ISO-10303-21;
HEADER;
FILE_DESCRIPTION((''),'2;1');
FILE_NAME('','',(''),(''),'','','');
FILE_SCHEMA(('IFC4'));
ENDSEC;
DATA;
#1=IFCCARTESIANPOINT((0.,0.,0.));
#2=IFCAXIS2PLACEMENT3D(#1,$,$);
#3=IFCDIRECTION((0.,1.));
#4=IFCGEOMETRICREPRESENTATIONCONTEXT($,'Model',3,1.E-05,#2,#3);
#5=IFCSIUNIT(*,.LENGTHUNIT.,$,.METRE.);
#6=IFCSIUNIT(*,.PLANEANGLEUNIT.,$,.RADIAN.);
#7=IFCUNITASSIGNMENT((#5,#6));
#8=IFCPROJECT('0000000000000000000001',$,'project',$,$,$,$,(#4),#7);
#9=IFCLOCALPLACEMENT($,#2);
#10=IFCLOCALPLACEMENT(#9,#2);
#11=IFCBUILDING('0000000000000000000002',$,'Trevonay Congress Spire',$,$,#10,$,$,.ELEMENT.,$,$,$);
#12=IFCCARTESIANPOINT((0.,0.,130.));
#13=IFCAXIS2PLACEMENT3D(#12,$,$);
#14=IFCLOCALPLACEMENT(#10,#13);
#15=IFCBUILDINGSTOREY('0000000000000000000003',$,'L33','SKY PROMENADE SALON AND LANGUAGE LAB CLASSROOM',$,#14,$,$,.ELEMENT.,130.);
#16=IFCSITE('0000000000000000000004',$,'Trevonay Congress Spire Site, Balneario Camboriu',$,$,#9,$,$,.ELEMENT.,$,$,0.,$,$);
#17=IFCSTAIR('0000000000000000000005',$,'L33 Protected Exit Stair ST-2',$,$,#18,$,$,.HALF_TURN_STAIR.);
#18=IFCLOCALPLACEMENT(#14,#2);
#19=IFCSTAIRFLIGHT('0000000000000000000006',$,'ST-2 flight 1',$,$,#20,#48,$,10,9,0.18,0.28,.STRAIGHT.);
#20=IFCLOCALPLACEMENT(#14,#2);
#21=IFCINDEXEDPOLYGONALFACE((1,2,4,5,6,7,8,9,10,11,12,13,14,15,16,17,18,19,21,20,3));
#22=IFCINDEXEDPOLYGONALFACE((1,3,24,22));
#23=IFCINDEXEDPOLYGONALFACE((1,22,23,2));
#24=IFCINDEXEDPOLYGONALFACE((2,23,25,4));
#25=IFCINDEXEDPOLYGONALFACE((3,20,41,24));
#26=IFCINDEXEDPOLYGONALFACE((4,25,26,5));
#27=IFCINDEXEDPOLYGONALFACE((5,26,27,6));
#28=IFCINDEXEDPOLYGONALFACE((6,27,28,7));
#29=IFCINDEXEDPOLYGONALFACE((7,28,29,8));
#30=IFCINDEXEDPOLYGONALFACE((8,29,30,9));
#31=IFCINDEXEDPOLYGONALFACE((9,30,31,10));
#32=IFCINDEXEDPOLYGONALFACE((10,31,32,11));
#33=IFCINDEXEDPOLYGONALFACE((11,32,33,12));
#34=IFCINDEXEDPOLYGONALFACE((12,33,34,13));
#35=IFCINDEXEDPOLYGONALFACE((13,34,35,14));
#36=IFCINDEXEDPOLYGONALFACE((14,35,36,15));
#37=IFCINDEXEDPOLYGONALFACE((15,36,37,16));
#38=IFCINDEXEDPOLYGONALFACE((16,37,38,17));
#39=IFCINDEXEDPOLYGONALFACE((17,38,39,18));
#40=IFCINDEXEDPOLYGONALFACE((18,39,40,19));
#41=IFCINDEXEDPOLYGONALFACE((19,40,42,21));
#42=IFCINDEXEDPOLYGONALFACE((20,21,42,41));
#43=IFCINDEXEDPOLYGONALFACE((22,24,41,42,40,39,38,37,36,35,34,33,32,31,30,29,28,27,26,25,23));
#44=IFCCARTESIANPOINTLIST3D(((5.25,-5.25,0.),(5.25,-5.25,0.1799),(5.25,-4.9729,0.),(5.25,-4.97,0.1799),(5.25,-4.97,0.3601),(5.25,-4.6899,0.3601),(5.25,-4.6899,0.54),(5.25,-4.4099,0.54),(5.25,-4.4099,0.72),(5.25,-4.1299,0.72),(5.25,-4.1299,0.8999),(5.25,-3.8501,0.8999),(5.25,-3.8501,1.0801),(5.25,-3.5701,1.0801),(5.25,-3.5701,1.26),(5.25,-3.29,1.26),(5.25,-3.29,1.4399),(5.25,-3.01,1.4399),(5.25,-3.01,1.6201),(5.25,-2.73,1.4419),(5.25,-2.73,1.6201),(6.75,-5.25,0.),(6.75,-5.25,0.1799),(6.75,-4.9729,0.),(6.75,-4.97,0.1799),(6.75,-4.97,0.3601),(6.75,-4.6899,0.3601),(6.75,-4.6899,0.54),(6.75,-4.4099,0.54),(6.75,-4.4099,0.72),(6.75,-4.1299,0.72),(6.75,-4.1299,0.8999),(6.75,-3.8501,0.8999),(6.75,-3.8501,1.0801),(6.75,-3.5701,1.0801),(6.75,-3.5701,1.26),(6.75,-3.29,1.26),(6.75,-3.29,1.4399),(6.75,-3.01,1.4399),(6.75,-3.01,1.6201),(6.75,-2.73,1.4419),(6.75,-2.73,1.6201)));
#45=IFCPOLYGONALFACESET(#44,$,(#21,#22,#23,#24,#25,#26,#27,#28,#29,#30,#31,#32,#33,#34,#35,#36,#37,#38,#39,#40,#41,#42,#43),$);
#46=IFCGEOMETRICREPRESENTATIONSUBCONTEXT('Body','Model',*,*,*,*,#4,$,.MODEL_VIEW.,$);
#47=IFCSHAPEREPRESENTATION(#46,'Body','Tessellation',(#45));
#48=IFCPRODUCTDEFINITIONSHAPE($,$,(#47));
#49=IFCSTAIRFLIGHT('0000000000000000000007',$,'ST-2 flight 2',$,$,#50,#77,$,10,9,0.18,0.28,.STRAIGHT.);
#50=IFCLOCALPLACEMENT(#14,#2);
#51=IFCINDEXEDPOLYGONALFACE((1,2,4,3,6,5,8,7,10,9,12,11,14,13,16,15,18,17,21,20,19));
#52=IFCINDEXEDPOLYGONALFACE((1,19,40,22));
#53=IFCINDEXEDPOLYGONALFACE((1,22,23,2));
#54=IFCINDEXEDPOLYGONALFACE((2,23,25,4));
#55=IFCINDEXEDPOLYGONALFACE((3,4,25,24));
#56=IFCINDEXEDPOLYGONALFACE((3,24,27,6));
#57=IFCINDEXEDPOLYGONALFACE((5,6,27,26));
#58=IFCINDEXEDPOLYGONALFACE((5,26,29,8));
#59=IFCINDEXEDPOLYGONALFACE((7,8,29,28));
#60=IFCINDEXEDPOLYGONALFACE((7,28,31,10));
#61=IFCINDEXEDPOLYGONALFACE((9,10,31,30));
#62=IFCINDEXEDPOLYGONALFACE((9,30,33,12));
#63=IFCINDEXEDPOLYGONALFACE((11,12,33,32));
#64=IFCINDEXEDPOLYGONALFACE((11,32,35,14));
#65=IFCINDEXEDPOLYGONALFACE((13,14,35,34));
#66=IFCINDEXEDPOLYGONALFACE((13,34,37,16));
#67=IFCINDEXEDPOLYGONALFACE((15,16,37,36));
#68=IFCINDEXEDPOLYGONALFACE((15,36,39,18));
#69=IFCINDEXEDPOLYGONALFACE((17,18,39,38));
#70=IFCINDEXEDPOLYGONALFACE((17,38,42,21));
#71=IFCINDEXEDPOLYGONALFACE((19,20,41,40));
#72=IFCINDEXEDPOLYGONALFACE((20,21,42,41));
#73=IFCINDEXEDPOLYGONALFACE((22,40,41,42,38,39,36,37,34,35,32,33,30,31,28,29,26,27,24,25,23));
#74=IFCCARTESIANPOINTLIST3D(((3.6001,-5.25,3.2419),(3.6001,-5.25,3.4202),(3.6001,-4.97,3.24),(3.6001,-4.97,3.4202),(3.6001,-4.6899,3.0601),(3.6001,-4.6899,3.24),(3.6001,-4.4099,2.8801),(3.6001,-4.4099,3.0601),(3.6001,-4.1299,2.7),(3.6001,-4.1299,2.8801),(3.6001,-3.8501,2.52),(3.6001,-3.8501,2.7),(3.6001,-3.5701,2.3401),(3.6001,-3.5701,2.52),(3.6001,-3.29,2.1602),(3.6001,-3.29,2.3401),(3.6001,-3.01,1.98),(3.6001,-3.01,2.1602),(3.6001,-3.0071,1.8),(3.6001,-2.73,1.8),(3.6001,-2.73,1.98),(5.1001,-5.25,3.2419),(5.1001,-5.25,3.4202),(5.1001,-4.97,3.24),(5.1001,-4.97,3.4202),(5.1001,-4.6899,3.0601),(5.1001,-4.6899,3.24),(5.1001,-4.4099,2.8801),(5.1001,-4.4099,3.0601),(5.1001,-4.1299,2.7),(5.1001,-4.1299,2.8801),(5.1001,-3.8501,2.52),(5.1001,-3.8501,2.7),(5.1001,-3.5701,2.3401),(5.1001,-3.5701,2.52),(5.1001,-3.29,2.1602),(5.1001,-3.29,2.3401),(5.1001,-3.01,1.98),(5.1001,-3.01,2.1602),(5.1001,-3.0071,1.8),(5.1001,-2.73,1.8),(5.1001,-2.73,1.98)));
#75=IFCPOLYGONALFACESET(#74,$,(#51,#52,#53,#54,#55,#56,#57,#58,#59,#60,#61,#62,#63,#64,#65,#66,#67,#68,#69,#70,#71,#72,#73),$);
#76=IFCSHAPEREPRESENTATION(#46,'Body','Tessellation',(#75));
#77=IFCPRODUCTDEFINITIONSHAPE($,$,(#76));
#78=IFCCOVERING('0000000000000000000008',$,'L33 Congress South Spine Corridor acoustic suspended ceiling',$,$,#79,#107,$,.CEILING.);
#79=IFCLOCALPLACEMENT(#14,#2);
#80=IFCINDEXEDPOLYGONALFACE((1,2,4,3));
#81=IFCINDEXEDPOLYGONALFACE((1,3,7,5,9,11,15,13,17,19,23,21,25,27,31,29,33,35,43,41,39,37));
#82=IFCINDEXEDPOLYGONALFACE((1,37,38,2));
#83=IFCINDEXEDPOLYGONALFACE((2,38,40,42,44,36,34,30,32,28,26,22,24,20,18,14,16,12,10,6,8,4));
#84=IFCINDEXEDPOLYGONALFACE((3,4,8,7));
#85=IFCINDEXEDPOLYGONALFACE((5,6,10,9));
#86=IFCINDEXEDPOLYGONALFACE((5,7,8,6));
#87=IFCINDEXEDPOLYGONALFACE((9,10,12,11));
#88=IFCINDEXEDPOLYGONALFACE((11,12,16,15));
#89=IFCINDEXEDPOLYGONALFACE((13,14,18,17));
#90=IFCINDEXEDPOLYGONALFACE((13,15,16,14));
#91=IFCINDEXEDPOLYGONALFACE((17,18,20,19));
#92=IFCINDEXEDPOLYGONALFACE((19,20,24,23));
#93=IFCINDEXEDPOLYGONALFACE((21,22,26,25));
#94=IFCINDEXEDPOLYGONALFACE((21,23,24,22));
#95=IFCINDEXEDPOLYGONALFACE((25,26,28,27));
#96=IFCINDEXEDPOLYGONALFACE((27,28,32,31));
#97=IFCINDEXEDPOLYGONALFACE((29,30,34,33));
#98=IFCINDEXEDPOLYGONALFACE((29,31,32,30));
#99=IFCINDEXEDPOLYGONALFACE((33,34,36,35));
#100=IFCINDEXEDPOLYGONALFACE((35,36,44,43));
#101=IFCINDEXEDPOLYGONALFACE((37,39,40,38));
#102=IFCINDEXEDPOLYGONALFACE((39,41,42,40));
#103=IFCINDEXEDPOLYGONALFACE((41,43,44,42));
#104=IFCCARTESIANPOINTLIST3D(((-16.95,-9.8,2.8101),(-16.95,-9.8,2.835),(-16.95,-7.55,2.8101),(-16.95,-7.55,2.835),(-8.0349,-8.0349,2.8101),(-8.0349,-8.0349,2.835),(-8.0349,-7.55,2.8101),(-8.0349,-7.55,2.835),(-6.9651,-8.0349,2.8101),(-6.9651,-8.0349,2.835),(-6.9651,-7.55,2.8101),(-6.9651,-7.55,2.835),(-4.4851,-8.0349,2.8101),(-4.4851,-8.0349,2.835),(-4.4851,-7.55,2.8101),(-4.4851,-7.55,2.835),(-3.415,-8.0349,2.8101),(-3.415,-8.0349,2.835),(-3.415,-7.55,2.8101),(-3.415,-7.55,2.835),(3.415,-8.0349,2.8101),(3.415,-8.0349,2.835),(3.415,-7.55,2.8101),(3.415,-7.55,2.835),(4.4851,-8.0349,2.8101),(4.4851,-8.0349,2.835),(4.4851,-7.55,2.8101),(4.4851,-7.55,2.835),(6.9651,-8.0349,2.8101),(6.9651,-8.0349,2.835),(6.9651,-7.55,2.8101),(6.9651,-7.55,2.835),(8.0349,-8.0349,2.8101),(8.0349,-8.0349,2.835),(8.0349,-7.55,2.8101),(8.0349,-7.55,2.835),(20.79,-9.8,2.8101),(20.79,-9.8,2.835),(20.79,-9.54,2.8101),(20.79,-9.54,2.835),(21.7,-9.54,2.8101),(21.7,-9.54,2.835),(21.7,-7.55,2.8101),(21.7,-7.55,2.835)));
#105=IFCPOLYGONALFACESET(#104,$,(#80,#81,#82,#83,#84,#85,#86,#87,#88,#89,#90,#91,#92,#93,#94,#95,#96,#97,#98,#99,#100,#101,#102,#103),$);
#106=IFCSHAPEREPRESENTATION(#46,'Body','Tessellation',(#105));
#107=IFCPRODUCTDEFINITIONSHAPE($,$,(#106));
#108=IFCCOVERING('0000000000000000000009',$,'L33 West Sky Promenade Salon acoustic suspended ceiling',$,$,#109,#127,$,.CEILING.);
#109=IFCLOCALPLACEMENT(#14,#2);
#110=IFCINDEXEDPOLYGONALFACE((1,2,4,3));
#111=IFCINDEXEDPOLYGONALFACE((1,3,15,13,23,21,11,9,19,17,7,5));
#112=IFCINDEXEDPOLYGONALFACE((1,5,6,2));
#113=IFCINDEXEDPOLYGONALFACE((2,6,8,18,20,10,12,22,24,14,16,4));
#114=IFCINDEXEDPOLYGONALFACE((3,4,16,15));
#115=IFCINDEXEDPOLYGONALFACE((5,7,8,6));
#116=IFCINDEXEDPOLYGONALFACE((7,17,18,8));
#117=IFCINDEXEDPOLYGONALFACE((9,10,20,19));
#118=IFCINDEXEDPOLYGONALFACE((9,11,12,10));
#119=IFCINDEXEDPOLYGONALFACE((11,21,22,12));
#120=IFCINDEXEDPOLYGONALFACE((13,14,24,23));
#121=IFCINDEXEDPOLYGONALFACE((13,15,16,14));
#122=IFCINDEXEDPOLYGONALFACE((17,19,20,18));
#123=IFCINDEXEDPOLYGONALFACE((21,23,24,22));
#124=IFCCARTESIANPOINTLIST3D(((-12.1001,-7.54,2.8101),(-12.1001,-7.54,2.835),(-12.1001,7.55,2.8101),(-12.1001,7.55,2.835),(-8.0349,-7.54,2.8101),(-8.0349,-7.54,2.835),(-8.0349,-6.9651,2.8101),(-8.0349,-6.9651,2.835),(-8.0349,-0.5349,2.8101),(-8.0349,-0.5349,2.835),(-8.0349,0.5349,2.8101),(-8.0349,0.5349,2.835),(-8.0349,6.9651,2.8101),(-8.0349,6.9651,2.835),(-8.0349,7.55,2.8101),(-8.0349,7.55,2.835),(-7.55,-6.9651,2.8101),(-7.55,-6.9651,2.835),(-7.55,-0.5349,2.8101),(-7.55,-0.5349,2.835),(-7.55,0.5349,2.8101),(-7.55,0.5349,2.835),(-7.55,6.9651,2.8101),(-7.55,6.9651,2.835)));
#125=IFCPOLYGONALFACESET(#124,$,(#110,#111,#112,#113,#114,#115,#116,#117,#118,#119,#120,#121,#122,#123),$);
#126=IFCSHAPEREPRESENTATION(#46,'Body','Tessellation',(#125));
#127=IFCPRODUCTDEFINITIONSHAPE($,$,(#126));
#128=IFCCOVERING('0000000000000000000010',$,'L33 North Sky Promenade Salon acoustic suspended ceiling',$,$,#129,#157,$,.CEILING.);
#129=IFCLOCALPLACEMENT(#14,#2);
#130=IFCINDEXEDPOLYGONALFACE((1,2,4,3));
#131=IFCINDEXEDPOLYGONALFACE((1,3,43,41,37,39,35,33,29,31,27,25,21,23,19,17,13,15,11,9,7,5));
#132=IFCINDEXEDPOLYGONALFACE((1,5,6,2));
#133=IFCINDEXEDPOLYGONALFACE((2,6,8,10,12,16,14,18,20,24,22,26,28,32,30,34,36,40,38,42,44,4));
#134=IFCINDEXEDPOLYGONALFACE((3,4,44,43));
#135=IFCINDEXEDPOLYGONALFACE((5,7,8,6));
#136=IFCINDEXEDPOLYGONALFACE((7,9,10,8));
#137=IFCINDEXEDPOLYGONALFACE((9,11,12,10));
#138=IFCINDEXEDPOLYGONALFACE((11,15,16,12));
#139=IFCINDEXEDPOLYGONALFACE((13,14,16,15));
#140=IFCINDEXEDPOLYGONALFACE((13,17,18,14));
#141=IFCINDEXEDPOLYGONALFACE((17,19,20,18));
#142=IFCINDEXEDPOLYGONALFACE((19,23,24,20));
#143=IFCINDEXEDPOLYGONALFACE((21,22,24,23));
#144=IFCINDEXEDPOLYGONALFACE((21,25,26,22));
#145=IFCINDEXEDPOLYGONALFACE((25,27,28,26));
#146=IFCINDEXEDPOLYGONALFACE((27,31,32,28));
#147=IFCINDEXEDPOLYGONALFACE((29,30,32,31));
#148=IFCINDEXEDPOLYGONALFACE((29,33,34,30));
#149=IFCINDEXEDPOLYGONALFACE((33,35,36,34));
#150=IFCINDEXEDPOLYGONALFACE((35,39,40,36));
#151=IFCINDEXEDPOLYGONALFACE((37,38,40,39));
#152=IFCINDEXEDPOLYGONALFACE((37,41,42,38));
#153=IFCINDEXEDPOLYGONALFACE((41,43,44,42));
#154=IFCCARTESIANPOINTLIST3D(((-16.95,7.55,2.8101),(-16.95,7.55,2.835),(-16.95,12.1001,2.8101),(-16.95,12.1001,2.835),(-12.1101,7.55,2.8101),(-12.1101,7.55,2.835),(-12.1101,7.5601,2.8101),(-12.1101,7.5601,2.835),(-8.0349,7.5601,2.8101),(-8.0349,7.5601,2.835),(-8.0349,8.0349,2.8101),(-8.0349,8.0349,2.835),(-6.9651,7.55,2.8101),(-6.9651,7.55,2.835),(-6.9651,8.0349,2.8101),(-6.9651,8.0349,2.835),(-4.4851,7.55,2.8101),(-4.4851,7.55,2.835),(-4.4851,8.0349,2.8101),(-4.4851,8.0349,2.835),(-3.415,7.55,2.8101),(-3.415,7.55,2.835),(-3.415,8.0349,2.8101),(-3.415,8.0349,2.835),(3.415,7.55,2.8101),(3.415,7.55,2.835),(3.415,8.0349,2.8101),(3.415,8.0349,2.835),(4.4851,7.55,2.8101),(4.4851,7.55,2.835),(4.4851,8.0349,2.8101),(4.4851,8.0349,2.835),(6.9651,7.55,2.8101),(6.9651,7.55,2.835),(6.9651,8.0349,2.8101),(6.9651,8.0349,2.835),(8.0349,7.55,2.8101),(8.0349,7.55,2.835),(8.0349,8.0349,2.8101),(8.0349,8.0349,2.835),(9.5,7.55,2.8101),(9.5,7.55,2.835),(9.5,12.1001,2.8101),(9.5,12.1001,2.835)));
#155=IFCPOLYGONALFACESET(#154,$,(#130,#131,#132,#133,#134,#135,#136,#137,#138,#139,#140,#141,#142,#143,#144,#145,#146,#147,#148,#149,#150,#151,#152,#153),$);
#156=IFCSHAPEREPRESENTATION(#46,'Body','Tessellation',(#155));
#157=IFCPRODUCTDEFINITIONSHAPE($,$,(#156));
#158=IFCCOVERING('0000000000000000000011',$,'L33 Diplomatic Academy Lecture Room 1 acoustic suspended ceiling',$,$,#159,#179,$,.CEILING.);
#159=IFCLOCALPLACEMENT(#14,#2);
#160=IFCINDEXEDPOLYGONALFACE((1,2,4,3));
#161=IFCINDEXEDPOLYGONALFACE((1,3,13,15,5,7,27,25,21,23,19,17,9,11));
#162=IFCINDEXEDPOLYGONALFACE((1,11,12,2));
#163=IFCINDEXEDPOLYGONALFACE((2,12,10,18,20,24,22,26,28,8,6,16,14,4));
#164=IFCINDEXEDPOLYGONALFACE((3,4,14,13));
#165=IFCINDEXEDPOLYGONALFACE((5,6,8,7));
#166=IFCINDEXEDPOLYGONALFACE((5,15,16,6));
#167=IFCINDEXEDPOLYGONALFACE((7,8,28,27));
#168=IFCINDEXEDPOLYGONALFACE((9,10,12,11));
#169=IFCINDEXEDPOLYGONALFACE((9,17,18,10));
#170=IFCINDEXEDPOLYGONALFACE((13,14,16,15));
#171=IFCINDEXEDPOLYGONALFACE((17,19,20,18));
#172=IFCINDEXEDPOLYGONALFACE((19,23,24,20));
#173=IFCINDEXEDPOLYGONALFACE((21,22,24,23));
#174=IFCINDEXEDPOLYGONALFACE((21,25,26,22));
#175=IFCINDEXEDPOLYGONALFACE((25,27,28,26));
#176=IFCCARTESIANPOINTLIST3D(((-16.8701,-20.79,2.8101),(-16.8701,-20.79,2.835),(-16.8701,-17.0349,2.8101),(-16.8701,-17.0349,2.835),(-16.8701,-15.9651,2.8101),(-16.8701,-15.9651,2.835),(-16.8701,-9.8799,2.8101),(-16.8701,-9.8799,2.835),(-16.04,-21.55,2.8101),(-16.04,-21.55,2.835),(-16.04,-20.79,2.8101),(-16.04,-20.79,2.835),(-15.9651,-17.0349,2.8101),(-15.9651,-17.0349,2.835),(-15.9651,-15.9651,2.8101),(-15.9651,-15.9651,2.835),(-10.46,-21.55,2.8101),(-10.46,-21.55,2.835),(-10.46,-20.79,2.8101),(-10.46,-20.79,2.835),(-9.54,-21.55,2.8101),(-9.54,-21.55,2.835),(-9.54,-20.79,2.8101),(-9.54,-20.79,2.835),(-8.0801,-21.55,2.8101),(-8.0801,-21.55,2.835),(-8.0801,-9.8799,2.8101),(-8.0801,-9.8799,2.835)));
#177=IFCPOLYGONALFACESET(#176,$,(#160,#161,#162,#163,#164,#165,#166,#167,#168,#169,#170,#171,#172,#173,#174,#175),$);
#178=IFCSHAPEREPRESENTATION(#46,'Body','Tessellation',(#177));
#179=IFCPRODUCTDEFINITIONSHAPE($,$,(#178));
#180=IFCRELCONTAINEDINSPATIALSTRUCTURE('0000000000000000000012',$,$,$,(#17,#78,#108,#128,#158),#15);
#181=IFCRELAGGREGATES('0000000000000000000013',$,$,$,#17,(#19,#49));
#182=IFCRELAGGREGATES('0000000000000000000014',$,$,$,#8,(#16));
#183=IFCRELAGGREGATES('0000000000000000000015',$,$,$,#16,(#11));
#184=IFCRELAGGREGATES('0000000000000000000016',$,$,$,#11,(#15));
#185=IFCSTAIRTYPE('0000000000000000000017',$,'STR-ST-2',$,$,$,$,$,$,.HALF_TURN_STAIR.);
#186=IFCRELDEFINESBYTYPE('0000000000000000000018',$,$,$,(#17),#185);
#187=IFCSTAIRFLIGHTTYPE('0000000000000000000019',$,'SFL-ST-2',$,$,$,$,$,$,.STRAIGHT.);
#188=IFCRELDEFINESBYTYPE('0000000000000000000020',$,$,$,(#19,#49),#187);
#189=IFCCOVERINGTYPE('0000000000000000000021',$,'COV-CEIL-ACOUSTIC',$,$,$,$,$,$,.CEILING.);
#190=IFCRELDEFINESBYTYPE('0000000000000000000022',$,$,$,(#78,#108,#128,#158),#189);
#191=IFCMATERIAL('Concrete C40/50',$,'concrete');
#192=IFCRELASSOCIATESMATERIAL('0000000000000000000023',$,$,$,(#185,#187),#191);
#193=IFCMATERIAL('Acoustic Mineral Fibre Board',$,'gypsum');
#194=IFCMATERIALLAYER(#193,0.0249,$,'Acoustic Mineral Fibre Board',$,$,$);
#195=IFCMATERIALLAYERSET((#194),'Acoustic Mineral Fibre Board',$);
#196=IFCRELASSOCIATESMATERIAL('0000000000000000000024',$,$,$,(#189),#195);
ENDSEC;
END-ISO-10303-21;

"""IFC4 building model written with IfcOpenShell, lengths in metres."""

from ifc_helpers import new_model, si_unit, direction, frame, origin, place, context, subcontext, project, spatial, polyline, outline, extrude, material, layer, layer_set, type_object, element, aggregate, save


model = new_model("IFC4")

# Units and contexts
model_context = context("Model", 3, precision=1e-05, world=origin(), true_north=direction((0.0, 1.0)))
body_context = subcontext(model_context, "Body", "Model", "MODEL_VIEW")
ifc_project = project(units=[si_unit("LENGTHUNIT", "METRE"), si_unit("PLANEANGLEUNIT", "RADIAN")], contexts=[model_context])

# Site, building, storey
site_placement = place(None, origin())
site = spatial("IfcSite", under=ifc_project, at=site_placement, Name="Trevonay Congress Spire Site, Balneario Camboriu", CompositionType="ELEMENT", RefElevation=0.0)
building_placement = place(site_placement, origin())
building = spatial("IfcBuilding", under=site, at=building_placement, Name="Trevonay Congress Spire", CompositionType="ELEMENT")
storey_placement = place(building_placement, frame((0.0, 0.0, 130.0)))
storey = spatial("IfcBuildingStorey", under=building, at=storey_placement, Name="L33", Description="SKY PROMENADE SALON AND LANGUAGE LAB CLASSROOM", CompositionType="ELEMENT", Elevation=130.0)

# Shared definitions
ifc_material_1 = material(Name="Concrete C40/50", Category="concrete")

# Stair, stair flights
stair_type = type_object("IfcStairType", Name="STR-ST-2", PredefinedType="HALF_TURN_STAIR", material=ifc_material_1)
stair_placement = place(storey_placement, origin())
stair = element("IfcStair", 1, at=stair_placement, inside=storey, type_object=stair_type, Name="L33 Protected Exit Stair ST-2", PredefinedType="HALF_TURN_STAIR")
stair_flight_type = type_object("IfcStairFlightType", Name="SFL-ST-2", PredefinedType="STRAIGHT", material=ifc_material_1)
stair_flight_1_placement = place(storey_placement, frame((6.0, -5.25, 0.0), z_axis=(0.0, 0.0, 1.0), x_axis=(0.0, 1.0, 0.0)))
stair_flight_1 = element("IfcStairFlight", 2, at=stair_flight_1_placement, type_object=stair_flight_type, Name="ST-2 flight 1", NumberOfRisers=10, NumberOfTreads=9, PredefinedType="STRAIGHT", RiserHeight=0.18, TreadLength=0.28, context=body_context, shape_type="SweptSolid", body=[
    extrude(outline(polyline([(0.0, 0.0), (0.0, 0.1799), (0.28, 0.1799), (0.28, 0.3601), (0.5601, 0.3601), (0.5601, 0.54), (0.8401, 0.54), (0.8401, 0.72), (1.1201, 0.72), (1.1201, 0.8999), (1.3999, 0.8999), (1.3999, 1.0801), (1.6799, 1.0801), (1.6799, 1.26), (1.96, 1.26), (1.96, 1.4399), (2.24, 1.4399), (2.24, 1.6201), (2.52, 1.6201), (2.52, 1.8), (2.52, 1.4419), (0.2771, 0.0), (0.0, 0.0)])), frame((0.0, 0.75, 0.0), z_axis=(0.0, -1.0, 0.0), x_axis=(1.0, 0.0, 0.0)), (0.0, 0.0, 1.0), 1.5),
])
stair_flight_2_placement = place(storey_placement, frame((4.3501, -2.73, 1.8), z_axis=(0.0, 0.0, 1.0), x_axis=(0.0, -1.0, 0.0)))
stair_flight_2 = element("IfcStairFlight", 3, at=stair_flight_2_placement, type_object=stair_flight_type, Name="ST-2 flight 2", NumberOfRisers=10, NumberOfTreads=9, PredefinedType="STRAIGHT", RiserHeight=0.18, TreadLength=0.28, context=body_context, shape_type="SweptSolid", body=[
    extrude(outline(polyline([(0.0, 0.0), (0.0, 0.1799), (0.28, 0.1799), (0.28, 0.3601), (0.5601, 0.3601), (0.5601, 0.54), (0.8401, 0.54), (0.8401, 0.72), (1.1201, 0.72), (1.1201, 0.8999), (1.3999, 0.8999), (1.3999, 1.0801), (1.6799, 1.0801), (1.6799, 1.26), (1.96, 1.26), (1.96, 1.4399), (2.24, 1.4399), (2.24, 1.6201), (2.52, 1.6201), (2.52, 1.8), (2.52, 1.4419), (0.2771, 0.0), (0.0, 0.0)])), frame((0.0, 0.75, 0.0), z_axis=(0.0, -1.0, 0.0), x_axis=(1.0, 0.0, 0.0)), (0.0, 0.0, 1.0), 1.5),
])
aggregate(stair, [stair_flight_1, stair_flight_2])

# Coverings
ifc_material_2 = material(Name="Acoustic Mineral Fibre Board", Category="gypsum")
ifc_layer_1 = layer(ifc_material_2, 0.0249, Name="Acoustic Mineral Fibre Board")
ifc_layer_set_1 = layer_set([ifc_layer_1], Name="Acoustic Mineral Fibre Board")
covering_type_1 = type_object("IfcCoveringType", Name="COV-CEIL-ACOUSTIC", PredefinedType="CEILING", material=ifc_layer_set_1)
covering_1_placement = place(storey_placement, frame((0.0, 0.0, 2.8101)))
element("IfcCovering", 4, at=covering_1_placement, inside=storey, type_object=covering_type_1, Name="L33 Congress South Spine Corridor acoustic suspended ceiling", PredefinedType="CEILING", context=body_context, shape_type="SweptSolid", body=[
    extrude(outline(polyline([(-16.95, -9.8), (-16.95, -7.55), (-8.0349, -7.55), (-8.0349, -8.0349), (-6.9651, -8.0349), (-6.9651, -7.55), (-4.4851, -7.55), (-4.4851, -8.0349), (-3.415, -8.0349), (-3.415, -7.55), (3.415, -7.55), (3.415, -8.0349), (4.4851, -8.0349), (4.4851, -7.55), (6.9651, -7.55), (6.9651, -8.0349), (8.0349, -8.0349), (8.0349, -7.55), (21.7, -7.55), (21.7, -9.54), (20.79, -9.54), (20.79, -9.8), (-16.95, -9.8)])), origin(), (0.0, 0.0, 1.0), 0.0249),
])
covering_2_placement = place(storey_placement, frame((0.0, 0.0, 2.8101)))
element("IfcCovering", 5, at=covering_2_placement, inside=storey, type_object=covering_type_1, Name="L33 West Sky Promenade Salon acoustic suspended ceiling", PredefinedType="CEILING", context=body_context, shape_type="SweptSolid", body=[
    extrude(outline(polyline([(-12.1001, 7.55), (-8.0349, 7.55), (-8.0349, 6.9651), (-7.55, 6.9651), (-7.55, 0.5349), (-8.0349, 0.5349), (-8.0349, -0.5349), (-7.55, -0.5349), (-7.55, -6.9651), (-8.0349, -6.9651), (-8.0349, -7.54), (-12.1001, -7.54), (-12.1001, 7.55)])), origin(), (0.0, 0.0, 1.0), 0.0249),
])
covering_3_placement = place(storey_placement, frame((0.0, 0.0, 2.8101)))
element("IfcCovering", 6, at=covering_3_placement, inside=storey, type_object=covering_type_1, Name="L33 North Sky Promenade Salon acoustic suspended ceiling", PredefinedType="CEILING", context=body_context, shape_type="SweptSolid", body=[
    extrude(outline(polyline([(-16.95, 12.1001), (9.5, 12.1001), (9.5, 7.55), (8.0349, 7.55), (8.0349, 8.0349), (6.9651, 8.0349), (6.9651, 7.55), (4.4851, 7.55), (4.4851, 8.0349), (3.415, 8.0349), (3.415, 7.55), (-3.415, 7.55), (-3.415, 8.0349), (-4.4851, 8.0349), (-4.4851, 7.55), (-6.9651, 7.55), (-6.9651, 8.0349), (-8.0349, 8.0349), (-8.0349, 7.5601), (-12.1101, 7.5601), (-12.1101, 7.55), (-16.95, 7.55), (-16.95, 12.1001)])), origin(), (0.0, 0.0, 1.0), 0.0249),
])
covering_4_placement = place(storey_placement, frame((0.0, 0.0, 2.8101)))
element("IfcCovering", 7, at=covering_4_placement, inside=storey, type_object=covering_type_1, Name="L33 Diplomatic Academy Lecture Room 1 acoustic suspended ceiling", PredefinedType="CEILING", context=body_context, shape_type="SweptSolid", body=[
    extrude(outline(polyline([(-16.04, -21.55), (-16.04, -20.79), (-16.8701, -20.79), (-16.8701, -17.0349), (-15.9651, -17.0349), (-15.9651, -15.9651), (-16.8701, -15.9651), (-16.8701, -9.8799), (-8.0801, -9.8799), (-8.0801, -21.55), (-9.54, -21.55), (-9.54, -20.79), (-10.46, -20.79), (-10.46, -21.55), (-16.04, -21.55)])), origin(), (0.0, 0.0, 1.0), 0.0249),
])

save(model, "model.ifc")
